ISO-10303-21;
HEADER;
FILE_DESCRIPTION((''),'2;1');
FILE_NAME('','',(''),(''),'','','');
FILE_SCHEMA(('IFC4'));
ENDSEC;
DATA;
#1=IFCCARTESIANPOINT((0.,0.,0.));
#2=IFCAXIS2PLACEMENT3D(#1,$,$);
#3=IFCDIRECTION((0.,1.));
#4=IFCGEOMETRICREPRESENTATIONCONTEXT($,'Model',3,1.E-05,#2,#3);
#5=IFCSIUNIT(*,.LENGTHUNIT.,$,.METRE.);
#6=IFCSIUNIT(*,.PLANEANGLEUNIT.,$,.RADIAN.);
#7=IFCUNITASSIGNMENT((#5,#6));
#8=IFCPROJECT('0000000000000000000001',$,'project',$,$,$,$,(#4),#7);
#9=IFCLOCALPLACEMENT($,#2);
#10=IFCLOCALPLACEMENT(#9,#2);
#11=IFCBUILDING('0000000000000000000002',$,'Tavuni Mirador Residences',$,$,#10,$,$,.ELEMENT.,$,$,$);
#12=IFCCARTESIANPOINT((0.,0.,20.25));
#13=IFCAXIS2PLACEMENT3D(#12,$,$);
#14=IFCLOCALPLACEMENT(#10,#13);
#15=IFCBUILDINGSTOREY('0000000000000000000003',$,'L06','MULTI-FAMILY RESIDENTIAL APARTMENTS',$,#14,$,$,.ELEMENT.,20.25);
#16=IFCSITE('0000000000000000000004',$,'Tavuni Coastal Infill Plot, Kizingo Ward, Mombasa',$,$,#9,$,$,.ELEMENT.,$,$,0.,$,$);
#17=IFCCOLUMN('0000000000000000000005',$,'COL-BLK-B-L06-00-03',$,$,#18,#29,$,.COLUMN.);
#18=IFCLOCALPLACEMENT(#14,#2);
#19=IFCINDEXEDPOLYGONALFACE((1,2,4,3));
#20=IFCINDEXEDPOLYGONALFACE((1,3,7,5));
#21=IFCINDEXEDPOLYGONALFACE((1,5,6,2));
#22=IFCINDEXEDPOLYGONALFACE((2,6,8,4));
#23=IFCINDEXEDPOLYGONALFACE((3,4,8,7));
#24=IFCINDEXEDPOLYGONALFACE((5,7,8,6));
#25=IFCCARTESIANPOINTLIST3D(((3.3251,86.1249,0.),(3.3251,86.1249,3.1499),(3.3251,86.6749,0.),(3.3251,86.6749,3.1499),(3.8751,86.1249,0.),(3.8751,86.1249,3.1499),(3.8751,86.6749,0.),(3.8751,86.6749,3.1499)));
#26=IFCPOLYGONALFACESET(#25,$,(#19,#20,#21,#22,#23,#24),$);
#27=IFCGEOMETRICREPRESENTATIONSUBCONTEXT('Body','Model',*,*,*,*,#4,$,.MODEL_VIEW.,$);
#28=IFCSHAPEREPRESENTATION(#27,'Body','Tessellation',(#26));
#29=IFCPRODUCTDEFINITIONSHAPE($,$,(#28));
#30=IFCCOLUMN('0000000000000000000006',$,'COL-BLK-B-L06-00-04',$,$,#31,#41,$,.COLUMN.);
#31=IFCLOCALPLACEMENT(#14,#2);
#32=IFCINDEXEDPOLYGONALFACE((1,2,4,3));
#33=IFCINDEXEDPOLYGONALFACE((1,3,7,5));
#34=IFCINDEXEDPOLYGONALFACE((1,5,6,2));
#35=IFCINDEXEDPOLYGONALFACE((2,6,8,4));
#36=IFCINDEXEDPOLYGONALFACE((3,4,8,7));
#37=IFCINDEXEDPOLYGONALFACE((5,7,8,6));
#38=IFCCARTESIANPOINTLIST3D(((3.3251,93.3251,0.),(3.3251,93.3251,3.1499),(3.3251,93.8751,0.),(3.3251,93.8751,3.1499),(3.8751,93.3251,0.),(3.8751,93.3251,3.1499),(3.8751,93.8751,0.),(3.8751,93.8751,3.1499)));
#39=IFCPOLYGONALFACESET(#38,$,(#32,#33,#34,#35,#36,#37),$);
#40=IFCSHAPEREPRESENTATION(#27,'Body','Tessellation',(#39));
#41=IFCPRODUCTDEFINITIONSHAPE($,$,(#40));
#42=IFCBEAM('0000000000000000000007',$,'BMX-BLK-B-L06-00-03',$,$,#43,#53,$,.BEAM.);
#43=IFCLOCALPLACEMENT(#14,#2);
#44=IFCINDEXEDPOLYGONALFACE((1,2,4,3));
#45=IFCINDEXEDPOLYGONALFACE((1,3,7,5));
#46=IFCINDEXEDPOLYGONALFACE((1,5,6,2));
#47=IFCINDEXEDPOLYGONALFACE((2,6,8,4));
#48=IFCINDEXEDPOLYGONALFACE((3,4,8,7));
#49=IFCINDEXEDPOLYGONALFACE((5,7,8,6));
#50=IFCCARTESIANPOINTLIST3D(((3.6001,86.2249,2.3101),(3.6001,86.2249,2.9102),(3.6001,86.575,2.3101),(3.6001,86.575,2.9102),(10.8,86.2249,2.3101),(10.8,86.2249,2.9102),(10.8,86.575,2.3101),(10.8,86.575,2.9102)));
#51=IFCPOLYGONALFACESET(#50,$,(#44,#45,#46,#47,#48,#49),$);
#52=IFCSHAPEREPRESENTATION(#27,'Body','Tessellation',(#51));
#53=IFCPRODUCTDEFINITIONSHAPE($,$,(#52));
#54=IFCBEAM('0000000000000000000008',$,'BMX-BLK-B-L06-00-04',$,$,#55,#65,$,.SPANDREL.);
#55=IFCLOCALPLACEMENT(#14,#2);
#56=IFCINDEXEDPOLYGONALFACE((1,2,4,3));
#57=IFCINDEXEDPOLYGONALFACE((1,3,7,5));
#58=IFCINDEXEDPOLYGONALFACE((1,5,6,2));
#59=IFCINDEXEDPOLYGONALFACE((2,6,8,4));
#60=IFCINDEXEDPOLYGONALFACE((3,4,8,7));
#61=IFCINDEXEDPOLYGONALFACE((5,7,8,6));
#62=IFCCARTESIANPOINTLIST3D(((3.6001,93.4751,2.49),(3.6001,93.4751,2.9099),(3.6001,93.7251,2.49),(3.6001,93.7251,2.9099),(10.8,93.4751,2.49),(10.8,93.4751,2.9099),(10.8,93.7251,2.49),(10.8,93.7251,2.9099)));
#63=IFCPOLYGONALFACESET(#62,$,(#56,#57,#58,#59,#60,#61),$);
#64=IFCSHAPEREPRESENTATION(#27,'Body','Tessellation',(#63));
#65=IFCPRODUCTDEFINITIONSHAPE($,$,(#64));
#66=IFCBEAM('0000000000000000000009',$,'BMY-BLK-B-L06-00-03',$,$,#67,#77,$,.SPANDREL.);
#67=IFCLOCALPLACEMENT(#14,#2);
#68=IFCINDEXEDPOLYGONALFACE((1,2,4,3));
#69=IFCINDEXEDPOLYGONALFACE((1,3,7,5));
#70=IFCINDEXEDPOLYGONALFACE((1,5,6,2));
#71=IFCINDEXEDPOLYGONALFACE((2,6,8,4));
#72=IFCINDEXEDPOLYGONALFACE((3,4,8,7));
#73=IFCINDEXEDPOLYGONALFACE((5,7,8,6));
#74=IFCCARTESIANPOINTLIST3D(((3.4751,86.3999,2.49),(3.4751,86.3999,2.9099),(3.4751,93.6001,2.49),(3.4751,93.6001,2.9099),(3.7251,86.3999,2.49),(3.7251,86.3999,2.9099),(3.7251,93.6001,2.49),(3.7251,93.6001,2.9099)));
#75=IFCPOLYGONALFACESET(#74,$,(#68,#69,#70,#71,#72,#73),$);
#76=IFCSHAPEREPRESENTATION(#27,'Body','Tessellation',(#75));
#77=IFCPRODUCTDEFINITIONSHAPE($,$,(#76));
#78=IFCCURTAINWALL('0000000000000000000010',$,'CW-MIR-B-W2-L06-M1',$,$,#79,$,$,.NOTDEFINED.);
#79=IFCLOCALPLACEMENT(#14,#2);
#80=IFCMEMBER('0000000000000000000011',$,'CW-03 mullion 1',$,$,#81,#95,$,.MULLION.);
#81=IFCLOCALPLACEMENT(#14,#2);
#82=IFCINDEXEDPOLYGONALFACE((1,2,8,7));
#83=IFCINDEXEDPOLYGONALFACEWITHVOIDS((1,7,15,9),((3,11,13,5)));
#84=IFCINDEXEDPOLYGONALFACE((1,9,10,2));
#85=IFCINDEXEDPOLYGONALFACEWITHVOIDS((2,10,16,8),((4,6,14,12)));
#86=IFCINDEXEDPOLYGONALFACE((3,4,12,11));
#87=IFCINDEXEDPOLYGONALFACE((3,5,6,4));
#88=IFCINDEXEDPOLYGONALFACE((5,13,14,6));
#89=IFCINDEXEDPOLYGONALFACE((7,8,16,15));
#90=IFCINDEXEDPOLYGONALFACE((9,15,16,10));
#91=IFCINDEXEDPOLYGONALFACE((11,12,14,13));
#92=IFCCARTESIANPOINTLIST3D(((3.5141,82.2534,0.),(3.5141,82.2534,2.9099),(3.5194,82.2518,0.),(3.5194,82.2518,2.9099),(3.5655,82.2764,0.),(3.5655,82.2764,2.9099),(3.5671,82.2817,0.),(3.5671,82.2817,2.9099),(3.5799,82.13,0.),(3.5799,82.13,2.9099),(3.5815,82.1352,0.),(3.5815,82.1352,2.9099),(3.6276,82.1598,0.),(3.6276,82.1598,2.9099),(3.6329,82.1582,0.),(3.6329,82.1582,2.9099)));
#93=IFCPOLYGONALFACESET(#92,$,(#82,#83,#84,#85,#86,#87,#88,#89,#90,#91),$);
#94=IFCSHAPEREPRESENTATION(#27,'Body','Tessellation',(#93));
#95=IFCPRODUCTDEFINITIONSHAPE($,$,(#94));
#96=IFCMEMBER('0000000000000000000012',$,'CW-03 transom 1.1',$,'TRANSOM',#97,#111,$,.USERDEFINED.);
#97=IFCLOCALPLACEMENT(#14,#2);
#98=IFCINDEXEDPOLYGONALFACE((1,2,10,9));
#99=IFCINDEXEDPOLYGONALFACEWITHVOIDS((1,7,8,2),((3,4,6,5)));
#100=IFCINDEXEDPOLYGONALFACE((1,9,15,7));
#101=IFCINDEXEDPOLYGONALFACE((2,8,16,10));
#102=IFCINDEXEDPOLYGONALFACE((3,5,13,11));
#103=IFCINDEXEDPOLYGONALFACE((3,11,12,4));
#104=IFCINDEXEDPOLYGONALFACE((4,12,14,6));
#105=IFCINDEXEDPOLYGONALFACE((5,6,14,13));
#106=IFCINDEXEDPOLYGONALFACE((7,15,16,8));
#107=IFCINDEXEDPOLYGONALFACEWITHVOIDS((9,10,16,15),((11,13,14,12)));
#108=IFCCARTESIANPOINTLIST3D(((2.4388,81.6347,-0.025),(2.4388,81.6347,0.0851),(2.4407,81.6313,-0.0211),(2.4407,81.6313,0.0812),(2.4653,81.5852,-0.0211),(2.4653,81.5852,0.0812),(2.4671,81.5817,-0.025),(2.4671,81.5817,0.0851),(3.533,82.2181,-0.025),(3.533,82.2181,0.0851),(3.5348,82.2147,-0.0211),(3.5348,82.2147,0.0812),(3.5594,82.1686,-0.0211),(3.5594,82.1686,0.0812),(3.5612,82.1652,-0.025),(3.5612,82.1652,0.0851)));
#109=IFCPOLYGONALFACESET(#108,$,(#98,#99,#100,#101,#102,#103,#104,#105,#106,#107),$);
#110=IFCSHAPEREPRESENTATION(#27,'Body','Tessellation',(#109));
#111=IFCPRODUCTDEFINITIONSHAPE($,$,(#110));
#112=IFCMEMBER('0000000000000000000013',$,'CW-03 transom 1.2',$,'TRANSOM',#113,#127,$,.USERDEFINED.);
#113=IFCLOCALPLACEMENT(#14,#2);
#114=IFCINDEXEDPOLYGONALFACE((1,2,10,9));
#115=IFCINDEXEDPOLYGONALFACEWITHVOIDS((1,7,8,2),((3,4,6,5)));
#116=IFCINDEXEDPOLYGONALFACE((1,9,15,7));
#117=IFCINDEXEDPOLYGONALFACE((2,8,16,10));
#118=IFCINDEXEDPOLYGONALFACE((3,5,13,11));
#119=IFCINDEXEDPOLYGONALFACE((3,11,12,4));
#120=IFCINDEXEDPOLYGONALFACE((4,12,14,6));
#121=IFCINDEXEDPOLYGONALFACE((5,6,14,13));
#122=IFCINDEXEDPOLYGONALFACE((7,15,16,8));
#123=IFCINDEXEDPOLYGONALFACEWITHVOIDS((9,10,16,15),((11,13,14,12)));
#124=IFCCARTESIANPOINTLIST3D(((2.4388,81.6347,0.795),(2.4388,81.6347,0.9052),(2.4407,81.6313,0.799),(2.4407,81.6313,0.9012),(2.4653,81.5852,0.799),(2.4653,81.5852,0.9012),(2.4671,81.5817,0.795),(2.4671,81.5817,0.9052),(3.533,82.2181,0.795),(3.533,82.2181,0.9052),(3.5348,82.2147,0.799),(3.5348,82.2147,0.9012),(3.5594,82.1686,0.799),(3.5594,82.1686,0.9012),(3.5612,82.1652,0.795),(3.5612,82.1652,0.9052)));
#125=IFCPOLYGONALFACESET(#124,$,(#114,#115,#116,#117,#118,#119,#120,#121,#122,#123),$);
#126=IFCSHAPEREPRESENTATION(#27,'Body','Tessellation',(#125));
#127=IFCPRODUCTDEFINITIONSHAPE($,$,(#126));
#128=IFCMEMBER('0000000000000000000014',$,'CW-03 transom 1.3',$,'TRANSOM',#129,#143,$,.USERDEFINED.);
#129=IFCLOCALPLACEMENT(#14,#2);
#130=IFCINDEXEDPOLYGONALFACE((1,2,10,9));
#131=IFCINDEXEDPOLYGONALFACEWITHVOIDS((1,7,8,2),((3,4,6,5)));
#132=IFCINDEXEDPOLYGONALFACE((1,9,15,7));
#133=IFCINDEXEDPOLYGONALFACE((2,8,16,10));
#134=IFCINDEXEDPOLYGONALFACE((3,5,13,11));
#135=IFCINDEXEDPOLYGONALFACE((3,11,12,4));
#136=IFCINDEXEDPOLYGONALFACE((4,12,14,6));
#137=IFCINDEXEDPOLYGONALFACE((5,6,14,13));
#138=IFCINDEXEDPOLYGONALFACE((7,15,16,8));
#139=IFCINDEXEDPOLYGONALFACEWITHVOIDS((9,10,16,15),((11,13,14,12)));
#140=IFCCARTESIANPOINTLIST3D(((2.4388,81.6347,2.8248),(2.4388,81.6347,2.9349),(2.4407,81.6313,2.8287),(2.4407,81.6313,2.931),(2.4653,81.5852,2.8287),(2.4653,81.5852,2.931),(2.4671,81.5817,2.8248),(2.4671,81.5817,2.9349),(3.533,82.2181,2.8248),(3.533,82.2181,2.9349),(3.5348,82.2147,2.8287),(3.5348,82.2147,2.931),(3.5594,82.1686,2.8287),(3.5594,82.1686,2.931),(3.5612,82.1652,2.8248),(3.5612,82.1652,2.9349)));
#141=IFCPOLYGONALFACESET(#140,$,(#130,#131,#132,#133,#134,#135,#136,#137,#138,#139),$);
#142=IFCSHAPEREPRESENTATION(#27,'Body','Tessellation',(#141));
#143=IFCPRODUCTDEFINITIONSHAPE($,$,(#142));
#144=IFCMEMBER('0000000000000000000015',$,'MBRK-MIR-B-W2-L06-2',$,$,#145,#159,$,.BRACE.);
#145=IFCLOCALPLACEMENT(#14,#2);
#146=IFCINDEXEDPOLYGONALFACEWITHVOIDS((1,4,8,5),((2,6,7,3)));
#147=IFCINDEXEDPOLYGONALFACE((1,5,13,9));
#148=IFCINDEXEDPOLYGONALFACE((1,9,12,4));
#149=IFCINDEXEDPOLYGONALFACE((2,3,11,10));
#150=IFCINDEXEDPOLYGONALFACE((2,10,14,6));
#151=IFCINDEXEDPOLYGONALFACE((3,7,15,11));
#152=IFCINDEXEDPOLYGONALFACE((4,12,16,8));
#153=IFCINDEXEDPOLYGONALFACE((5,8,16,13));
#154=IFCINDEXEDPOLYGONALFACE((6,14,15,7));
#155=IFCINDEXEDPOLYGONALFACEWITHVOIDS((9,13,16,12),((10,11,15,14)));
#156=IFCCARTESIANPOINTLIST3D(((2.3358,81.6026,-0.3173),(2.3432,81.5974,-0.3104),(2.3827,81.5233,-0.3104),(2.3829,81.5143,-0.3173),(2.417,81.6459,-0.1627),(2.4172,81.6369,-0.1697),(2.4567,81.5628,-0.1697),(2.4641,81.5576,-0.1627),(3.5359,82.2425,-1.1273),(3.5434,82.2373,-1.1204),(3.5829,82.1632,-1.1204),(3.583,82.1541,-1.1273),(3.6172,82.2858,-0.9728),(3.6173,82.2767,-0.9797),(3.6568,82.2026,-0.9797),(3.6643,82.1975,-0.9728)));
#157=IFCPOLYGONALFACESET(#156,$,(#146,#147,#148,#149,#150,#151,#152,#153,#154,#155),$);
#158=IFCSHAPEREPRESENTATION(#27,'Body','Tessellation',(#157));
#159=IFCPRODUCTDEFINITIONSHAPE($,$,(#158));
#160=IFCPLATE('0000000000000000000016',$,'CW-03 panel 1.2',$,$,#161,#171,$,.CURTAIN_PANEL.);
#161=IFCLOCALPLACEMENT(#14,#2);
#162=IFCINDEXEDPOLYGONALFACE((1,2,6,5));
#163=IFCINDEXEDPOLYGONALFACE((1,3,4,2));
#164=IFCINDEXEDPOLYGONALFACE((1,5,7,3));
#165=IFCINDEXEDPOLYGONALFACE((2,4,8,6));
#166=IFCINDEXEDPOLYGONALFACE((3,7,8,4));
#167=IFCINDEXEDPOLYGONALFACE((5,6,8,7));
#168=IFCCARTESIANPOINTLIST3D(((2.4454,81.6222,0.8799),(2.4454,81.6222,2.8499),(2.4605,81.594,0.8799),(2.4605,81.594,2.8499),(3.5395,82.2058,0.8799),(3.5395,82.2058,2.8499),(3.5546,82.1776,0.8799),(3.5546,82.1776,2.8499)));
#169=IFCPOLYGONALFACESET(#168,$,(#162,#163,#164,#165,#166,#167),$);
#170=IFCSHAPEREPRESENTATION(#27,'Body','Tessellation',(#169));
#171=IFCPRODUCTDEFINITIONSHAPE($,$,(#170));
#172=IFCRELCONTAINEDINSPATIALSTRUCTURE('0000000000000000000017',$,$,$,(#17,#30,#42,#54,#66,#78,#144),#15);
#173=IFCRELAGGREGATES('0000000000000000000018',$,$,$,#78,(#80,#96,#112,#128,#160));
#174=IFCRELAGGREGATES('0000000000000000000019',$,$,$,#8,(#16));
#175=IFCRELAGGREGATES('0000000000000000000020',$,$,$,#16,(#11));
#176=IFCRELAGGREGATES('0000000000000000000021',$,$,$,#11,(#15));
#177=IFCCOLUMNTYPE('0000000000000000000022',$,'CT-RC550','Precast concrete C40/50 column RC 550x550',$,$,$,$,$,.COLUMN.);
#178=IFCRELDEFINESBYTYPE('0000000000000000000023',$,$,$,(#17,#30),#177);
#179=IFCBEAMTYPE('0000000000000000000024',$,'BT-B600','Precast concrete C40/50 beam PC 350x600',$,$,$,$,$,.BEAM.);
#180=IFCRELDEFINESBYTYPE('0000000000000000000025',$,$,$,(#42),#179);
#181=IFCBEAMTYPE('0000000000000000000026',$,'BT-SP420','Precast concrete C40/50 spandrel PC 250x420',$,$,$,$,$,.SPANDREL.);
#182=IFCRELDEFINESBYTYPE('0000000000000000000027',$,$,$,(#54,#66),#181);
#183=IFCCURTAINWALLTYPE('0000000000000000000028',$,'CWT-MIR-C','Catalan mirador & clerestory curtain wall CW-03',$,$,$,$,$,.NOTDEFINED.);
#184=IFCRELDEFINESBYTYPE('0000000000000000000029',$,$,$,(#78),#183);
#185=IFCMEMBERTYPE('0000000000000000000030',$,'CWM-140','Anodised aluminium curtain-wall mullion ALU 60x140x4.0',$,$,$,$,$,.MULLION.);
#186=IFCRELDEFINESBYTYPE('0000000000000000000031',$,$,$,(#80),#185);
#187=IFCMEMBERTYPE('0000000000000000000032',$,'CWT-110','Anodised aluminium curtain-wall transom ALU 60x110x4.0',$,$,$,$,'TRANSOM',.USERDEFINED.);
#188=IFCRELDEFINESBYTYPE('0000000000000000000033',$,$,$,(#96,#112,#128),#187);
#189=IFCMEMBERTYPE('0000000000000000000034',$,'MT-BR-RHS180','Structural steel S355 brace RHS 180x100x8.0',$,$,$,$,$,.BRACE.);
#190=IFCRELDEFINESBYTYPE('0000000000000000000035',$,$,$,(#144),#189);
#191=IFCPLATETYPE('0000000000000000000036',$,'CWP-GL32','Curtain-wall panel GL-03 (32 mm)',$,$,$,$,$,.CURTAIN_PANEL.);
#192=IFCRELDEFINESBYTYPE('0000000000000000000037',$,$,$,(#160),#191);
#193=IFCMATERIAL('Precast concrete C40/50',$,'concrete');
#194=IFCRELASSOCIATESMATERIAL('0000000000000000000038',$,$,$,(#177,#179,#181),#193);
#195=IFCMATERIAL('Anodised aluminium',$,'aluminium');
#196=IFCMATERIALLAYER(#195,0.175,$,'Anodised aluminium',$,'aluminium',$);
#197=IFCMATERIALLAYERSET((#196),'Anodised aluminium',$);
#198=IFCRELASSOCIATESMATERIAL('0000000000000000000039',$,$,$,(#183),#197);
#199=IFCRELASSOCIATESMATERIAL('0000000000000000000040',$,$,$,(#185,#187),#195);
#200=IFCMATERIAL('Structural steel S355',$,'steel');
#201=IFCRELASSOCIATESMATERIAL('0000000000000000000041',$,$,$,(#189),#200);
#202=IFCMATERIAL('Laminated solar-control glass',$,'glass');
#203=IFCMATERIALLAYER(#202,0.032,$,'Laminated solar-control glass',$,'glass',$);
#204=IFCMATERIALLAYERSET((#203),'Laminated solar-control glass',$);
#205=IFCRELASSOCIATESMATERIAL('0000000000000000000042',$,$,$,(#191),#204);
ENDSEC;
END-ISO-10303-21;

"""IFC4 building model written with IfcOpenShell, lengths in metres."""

from ifc_helpers import new_model, si_unit, direction, frame, origin, origin_2d, place, context, subcontext, project, spatial, rectangle, hollow_rectangle, extrude, material, layer, layer_set, material_profile, profile_set, type_object, element, aggregate, save


model = new_model("IFC4")

# Units and contexts
model_context = context("Model", 3, precision=1e-05, world=origin(), true_north=direction((0.0, 1.0)))
body_context = subcontext(model_context, "Body", "Model", "MODEL_VIEW")
ifc_project = project(units=[si_unit("LENGTHUNIT", "METRE"), si_unit("PLANEANGLEUNIT", "RADIAN")], contexts=[model_context])

# Site, building, storey
site_placement = place(None, origin())
site = spatial("IfcSite", under=ifc_project, at=site_placement, Name="Tavuni Coastal Infill Plot, Kizingo Ward, Mombasa", CompositionType="ELEMENT", RefElevation=0.0)
building_placement = place(site_placement, origin())
building = spatial("IfcBuilding", under=site, at=building_placement, Name="Tavuni Mirador Residences", CompositionType="ELEMENT")
storey_placement = place(building_placement, frame((0.0, 0.0, 20.25)))
storey = spatial("IfcBuildingStorey", under=building, at=storey_placement, Name="L06", Description="MULTI-FAMILY RESIDENTIAL APARTMENTS", CompositionType="ELEMENT", Elevation=20.25)

# Columns
ifc_material_1 = material(Name="Precast concrete C40/50", Category="concrete")
ifc_material_profile_1 = material_profile(ifc_material_1, rectangle(XDim=0.55, YDim=0.55, at=origin_2d()), Name="RC 550x550", Category="concrete")
ifc_profile_set_1 = profile_set([ifc_material_profile_1], Name="Precast concrete C40/50")
column_type = type_object("IfcColumnType", Name="CT-RC550", Description="Precast concrete C40/50 column RC 550x550", PredefinedType="COLUMN", material=ifc_profile_set_1)
for number, where, z_axis, x_axis, name in (
    (1, (3.6001, 86.3999, 0.0), (0.0, 0.0, 1.0), (1.0, 0.0, 0.0), "COL-BLK-B-L06-00-03"),
    (2, (3.6001, 93.6001, 0.0), (0.0, 0.0, 1.0), (1.0, 0.0, 0.0), "COL-BLK-B-L06-00-04"),
):
    element("IfcColumn", number, at=place(storey_placement, frame(where, z_axis=z_axis, x_axis=x_axis)), inside=storey, type_object=column_type, Name=name, PredefinedType="COLUMN", context=body_context, shape_type="SweptSolid", body=[
        extrude(rectangle(XDim=0.55, YDim=0.55, at=origin_2d()), origin(), (0.0, 0.0, 1.0), 3.1499),
    ])

# Beams
ifc_material_profile_2 = material_profile(ifc_material_1, rectangle(XDim=0.3501, YDim=0.6001, at=origin_2d()), Name="PC 350x600", Category="concrete")
ifc_profile_set_2 = profile_set([ifc_material_profile_2], Name="Precast concrete C40/50")
beam_type_1 = type_object("IfcBeamType", Name="BT-B600", Description="Precast concrete C40/50 beam PC 350x600", PredefinedType="BEAM", material=ifc_profile_set_2)
beam_1_placement = place(storey_placement, frame((3.6001, 86.3999, 2.6101), z_axis=(1.0, 0.0, 0.0), x_axis=(0.0, 1.0, 0.0)))
element("IfcBeam", 3, at=beam_1_placement, inside=storey, type_object=beam_type_1, Name="BMX-BLK-B-L06-00-03", PredefinedType="BEAM", context=body_context, shape_type="SweptSolid", body=[
    extrude(rectangle(XDim=0.3501, YDim=0.6001, at=origin_2d()), origin(), (0.0, 0.0, 1.0), 7.2),
])
ifc_material_profile_3 = material_profile(ifc_material_1, rectangle(XDim=0.25, YDim=0.4199, at=origin_2d()), Name="PC 250x420", Category="concrete")
ifc_profile_set_3 = profile_set([ifc_material_profile_3], Name="Precast concrete C40/50")
beam_type_2 = type_object("IfcBeamType", Name="BT-SP420", Description="Precast concrete C40/50 spandrel PC 250x420", PredefinedType="SPANDREL", material=ifc_profile_set_3)
beam_2_placement = place(storey_placement, frame((3.6001, 93.6001, 2.7), z_axis=(1.0, 0.0, 0.0), x_axis=(0.0, 1.0, 0.0)))
element("IfcBeam", 4, at=beam_2_placement, inside=storey, type_object=beam_type_2, Name="BMX-BLK-B-L06-00-04", PredefinedType="SPANDREL", context=body_context, shape_type="SweptSolid", body=[
    extrude(rectangle(XDim=0.25, YDim=0.4199, at=origin_2d()), origin(), (0.0, 0.0, 1.0), 7.2),
])
beam_3_placement = place(storey_placement, frame((3.6001, 86.3999, 2.7), z_axis=(0.0, 1.0, 0.0), x_axis=(-1.0, 0.0, 0.0)))
element("IfcBeam", 5, at=beam_3_placement, inside=storey, type_object=beam_type_2, Name="BMY-BLK-B-L06-00-03", PredefinedType="SPANDREL", context=body_context, shape_type="SweptSolid", body=[
    extrude(rectangle(XDim=0.25, YDim=0.4199, at=origin_2d()), origin(), (0.0, 0.0, 1.0), 7.2002),
])

# Curtain wall, members
ifc_material_2 = material(Name="Anodised aluminium", Category="aluminium")
ifc_layer_1 = layer(ifc_material_2, 0.175, Name="Anodised aluminium", Category="aluminium")
ifc_layer_set_1 = layer_set([ifc_layer_1], Name="Anodised aluminium")
curtain_wall_type = type_object("IfcCurtainWallType", Name="CWT-MIR-C", Description="Catalan mirador & clerestory curtain wall CW-03", PredefinedType="NOTDEFINED", material=ifc_layer_set_1)
curtain_wall_placement = place(storey_placement, origin())
curtain_wall = element("IfcCurtainWall", 6, at=curtain_wall_placement, inside=storey, type_object=curtain_wall_type, Name="CW-MIR-B-W2-L06-M1", PredefinedType="NOTDEFINED")
ifc_material_profile_4 = material_profile(ifc_material_2, hollow_rectangle(XDim=0.0601, YDim=0.1399, WallThickness=0.0039, at=origin_2d()), Name="ALU 60x140x4.0", Category="aluminium")
ifc_profile_set_4 = profile_set([ifc_material_profile_4], Name="Anodised aluminium")
member_type_1 = type_object("IfcMemberType", Name="CWM-140", Description="Anodised aluminium curtain-wall mullion ALU 60x140x4.0", PredefinedType="MULLION", material=ifc_profile_set_4)
member_1_placement = place(storey_placement, frame((3.5735, 82.2058, 0.0), z_axis=(0.0, 0.0, 1.0), x_axis=(-0.882353, -0.470588, 0.0)))
member_1 = element("IfcMember", 7, at=member_1_placement, type_object=member_type_1, Name="CW-03 mullion 1", PredefinedType="MULLION", context=body_context, shape_type="SweptSolid", body=[
    extrude(hollow_rectangle(XDim=0.0601, YDim=0.1399, WallThickness=0.0039, at=origin_2d()), origin(), (0.0, 0.0, 1.0), 2.9099),
])
ifc_material_profile_5 = material_profile(ifc_material_2, hollow_rectangle(XDim=0.0601, YDim=0.1101, WallThickness=0.0039, at=origin_2d()), Name="ALU 60x110x4.0", Category="aluminium")
ifc_profile_set_5 = profile_set([ifc_material_profile_5], Name="Anodised aluminium")
member_type_2 = type_object("IfcMemberType", Name="CWT-110", Description="Anodised aluminium curtain-wall transom ALU 60x110x4.0", ElementType="TRANSOM", PredefinedType="USERDEFINED", material=ifc_profile_set_5)
member_2_placement = place(storey_placement, frame((3.5471, 82.1917, 0.03), z_axis=(-0.882386, -0.470527, 0.0), x_axis=(0.470527, -0.882386, 0.0)))
member_2 = element("IfcMember", 8, at=member_2_placement, type_object=member_type_2, Name="CW-03 transom 1.1", ObjectType="TRANSOM", PredefinedType="USERDEFINED", context=body_context, shape_type="SweptSolid", body=[
    extrude(hollow_rectangle(XDim=0.0601, YDim=0.1101, WallThickness=0.0039, at=origin_2d()), origin(), (0.0, 0.0, 1.0), 1.24),
])
member_3_placement = place(storey_placement, frame((3.5471, 82.1917, 0.8501), z_axis=(-0.882386, -0.470527, 0.0), x_axis=(0.470527, -0.882386, 0.0)))
member_3 = element("IfcMember", 9, at=member_3_placement, type_object=member_type_2, Name="CW-03 transom 1.2", ObjectType="TRANSOM", PredefinedType="USERDEFINED", context=body_context, shape_type="SweptSolid", body=[
    extrude(hollow_rectangle(XDim=0.0601, YDim=0.1101, WallThickness=0.0039, at=origin_2d()), origin(), (0.0, 0.0, 1.0), 1.24),
])
member_4_placement = place(storey_placement, frame((3.5471, 82.1917, 2.8799), z_axis=(-0.882386, -0.470527, 0.0), x_axis=(0.470527, -0.882386, 0.0)))
member_4 = element("IfcMember", 10, at=member_4_placement, type_object=member_type_2, Name="CW-03 transom 1.3", ObjectType="TRANSOM", PredefinedType="USERDEFINED", context=body_context, shape_type="SweptSolid", body=[
    extrude(hollow_rectangle(XDim=0.0601, YDim=0.1101, WallThickness=0.0039, at=origin_2d()), origin(), (0.0, 0.0, 1.0), 1.24),
])

# Member
ifc_material_3 = material(Name="Structural steel S355", Category="steel")
ifc_material_profile_6 = material_profile(ifc_material_3, hollow_rectangle(XDim=0.1001, YDim=0.1799, WallThickness=0.0081, at=origin_2d()), Name="RHS 180x100x8.0", Category="steel")
ifc_profile_set_6 = profile_set([ifc_material_profile_6], Name="Structural steel S355")
member_type_3 = type_object("IfcMemberType", Name="MT-BR-RHS180", Description="Structural steel S355 brace RHS 180x100x8.0", PredefinedType="BRACE", material=ifc_profile_set_6)
member_5_placement = place(storey_placement, frame((3.6001, 82.22, -1.05), z_axis=(-0.758142, -0.404209, 0.511699), x_axis=(0.470467, -0.882418, 0.0)))
element("IfcMember", 11, at=member_5_placement, inside=storey, type_object=member_type_3, Name="MBRK-MIR-B-W2-L06-2", PredefinedType="BRACE", context=body_context, shape_type="SweptSolid", body=[
    extrude(hollow_rectangle(XDim=0.1001, YDim=0.1799, WallThickness=0.0081, at=origin_2d()), origin(), (0.0, 0.0, 1.0), 1.583),
])

# Plate
ifc_material_4 = material(Name="Laminated solar-control glass", Category="glass")
ifc_layer_2 = layer(ifc_material_4, 0.032, Name="Laminated solar-control glass", Category="glass")
ifc_layer_set_2 = layer_set([ifc_layer_2], Name="Laminated solar-control glass")
plate_type = type_object("IfcPlateType", Name="CWP-GL32", Description="Curtain-wall panel GL-03 (32 mm)", PredefinedType="CURTAIN_PANEL", material=ifc_layer_set_2)
plate_placement = place(storey_placement, frame((3.0, 81.8999, 0.8799), z_axis=(0.0, 0.0, 1.0), x_axis=(-0.882353, -0.470588, 0.0)))
plate = element("IfcPlate", 12, at=plate_placement, type_object=plate_type, Name="CW-03 panel 1.2", PredefinedType="CURTAIN_PANEL", context=body_context, shape_type="SweptSolid", body=[
    extrude(rectangle(XDim=1.24, YDim=0.032, at=origin_2d()), origin(), (0.0, 0.0, 1.0), 1.97),
])
aggregate(curtain_wall, [member_1, member_2, member_3, member_4, plate])

save(model, "model.ifc")
